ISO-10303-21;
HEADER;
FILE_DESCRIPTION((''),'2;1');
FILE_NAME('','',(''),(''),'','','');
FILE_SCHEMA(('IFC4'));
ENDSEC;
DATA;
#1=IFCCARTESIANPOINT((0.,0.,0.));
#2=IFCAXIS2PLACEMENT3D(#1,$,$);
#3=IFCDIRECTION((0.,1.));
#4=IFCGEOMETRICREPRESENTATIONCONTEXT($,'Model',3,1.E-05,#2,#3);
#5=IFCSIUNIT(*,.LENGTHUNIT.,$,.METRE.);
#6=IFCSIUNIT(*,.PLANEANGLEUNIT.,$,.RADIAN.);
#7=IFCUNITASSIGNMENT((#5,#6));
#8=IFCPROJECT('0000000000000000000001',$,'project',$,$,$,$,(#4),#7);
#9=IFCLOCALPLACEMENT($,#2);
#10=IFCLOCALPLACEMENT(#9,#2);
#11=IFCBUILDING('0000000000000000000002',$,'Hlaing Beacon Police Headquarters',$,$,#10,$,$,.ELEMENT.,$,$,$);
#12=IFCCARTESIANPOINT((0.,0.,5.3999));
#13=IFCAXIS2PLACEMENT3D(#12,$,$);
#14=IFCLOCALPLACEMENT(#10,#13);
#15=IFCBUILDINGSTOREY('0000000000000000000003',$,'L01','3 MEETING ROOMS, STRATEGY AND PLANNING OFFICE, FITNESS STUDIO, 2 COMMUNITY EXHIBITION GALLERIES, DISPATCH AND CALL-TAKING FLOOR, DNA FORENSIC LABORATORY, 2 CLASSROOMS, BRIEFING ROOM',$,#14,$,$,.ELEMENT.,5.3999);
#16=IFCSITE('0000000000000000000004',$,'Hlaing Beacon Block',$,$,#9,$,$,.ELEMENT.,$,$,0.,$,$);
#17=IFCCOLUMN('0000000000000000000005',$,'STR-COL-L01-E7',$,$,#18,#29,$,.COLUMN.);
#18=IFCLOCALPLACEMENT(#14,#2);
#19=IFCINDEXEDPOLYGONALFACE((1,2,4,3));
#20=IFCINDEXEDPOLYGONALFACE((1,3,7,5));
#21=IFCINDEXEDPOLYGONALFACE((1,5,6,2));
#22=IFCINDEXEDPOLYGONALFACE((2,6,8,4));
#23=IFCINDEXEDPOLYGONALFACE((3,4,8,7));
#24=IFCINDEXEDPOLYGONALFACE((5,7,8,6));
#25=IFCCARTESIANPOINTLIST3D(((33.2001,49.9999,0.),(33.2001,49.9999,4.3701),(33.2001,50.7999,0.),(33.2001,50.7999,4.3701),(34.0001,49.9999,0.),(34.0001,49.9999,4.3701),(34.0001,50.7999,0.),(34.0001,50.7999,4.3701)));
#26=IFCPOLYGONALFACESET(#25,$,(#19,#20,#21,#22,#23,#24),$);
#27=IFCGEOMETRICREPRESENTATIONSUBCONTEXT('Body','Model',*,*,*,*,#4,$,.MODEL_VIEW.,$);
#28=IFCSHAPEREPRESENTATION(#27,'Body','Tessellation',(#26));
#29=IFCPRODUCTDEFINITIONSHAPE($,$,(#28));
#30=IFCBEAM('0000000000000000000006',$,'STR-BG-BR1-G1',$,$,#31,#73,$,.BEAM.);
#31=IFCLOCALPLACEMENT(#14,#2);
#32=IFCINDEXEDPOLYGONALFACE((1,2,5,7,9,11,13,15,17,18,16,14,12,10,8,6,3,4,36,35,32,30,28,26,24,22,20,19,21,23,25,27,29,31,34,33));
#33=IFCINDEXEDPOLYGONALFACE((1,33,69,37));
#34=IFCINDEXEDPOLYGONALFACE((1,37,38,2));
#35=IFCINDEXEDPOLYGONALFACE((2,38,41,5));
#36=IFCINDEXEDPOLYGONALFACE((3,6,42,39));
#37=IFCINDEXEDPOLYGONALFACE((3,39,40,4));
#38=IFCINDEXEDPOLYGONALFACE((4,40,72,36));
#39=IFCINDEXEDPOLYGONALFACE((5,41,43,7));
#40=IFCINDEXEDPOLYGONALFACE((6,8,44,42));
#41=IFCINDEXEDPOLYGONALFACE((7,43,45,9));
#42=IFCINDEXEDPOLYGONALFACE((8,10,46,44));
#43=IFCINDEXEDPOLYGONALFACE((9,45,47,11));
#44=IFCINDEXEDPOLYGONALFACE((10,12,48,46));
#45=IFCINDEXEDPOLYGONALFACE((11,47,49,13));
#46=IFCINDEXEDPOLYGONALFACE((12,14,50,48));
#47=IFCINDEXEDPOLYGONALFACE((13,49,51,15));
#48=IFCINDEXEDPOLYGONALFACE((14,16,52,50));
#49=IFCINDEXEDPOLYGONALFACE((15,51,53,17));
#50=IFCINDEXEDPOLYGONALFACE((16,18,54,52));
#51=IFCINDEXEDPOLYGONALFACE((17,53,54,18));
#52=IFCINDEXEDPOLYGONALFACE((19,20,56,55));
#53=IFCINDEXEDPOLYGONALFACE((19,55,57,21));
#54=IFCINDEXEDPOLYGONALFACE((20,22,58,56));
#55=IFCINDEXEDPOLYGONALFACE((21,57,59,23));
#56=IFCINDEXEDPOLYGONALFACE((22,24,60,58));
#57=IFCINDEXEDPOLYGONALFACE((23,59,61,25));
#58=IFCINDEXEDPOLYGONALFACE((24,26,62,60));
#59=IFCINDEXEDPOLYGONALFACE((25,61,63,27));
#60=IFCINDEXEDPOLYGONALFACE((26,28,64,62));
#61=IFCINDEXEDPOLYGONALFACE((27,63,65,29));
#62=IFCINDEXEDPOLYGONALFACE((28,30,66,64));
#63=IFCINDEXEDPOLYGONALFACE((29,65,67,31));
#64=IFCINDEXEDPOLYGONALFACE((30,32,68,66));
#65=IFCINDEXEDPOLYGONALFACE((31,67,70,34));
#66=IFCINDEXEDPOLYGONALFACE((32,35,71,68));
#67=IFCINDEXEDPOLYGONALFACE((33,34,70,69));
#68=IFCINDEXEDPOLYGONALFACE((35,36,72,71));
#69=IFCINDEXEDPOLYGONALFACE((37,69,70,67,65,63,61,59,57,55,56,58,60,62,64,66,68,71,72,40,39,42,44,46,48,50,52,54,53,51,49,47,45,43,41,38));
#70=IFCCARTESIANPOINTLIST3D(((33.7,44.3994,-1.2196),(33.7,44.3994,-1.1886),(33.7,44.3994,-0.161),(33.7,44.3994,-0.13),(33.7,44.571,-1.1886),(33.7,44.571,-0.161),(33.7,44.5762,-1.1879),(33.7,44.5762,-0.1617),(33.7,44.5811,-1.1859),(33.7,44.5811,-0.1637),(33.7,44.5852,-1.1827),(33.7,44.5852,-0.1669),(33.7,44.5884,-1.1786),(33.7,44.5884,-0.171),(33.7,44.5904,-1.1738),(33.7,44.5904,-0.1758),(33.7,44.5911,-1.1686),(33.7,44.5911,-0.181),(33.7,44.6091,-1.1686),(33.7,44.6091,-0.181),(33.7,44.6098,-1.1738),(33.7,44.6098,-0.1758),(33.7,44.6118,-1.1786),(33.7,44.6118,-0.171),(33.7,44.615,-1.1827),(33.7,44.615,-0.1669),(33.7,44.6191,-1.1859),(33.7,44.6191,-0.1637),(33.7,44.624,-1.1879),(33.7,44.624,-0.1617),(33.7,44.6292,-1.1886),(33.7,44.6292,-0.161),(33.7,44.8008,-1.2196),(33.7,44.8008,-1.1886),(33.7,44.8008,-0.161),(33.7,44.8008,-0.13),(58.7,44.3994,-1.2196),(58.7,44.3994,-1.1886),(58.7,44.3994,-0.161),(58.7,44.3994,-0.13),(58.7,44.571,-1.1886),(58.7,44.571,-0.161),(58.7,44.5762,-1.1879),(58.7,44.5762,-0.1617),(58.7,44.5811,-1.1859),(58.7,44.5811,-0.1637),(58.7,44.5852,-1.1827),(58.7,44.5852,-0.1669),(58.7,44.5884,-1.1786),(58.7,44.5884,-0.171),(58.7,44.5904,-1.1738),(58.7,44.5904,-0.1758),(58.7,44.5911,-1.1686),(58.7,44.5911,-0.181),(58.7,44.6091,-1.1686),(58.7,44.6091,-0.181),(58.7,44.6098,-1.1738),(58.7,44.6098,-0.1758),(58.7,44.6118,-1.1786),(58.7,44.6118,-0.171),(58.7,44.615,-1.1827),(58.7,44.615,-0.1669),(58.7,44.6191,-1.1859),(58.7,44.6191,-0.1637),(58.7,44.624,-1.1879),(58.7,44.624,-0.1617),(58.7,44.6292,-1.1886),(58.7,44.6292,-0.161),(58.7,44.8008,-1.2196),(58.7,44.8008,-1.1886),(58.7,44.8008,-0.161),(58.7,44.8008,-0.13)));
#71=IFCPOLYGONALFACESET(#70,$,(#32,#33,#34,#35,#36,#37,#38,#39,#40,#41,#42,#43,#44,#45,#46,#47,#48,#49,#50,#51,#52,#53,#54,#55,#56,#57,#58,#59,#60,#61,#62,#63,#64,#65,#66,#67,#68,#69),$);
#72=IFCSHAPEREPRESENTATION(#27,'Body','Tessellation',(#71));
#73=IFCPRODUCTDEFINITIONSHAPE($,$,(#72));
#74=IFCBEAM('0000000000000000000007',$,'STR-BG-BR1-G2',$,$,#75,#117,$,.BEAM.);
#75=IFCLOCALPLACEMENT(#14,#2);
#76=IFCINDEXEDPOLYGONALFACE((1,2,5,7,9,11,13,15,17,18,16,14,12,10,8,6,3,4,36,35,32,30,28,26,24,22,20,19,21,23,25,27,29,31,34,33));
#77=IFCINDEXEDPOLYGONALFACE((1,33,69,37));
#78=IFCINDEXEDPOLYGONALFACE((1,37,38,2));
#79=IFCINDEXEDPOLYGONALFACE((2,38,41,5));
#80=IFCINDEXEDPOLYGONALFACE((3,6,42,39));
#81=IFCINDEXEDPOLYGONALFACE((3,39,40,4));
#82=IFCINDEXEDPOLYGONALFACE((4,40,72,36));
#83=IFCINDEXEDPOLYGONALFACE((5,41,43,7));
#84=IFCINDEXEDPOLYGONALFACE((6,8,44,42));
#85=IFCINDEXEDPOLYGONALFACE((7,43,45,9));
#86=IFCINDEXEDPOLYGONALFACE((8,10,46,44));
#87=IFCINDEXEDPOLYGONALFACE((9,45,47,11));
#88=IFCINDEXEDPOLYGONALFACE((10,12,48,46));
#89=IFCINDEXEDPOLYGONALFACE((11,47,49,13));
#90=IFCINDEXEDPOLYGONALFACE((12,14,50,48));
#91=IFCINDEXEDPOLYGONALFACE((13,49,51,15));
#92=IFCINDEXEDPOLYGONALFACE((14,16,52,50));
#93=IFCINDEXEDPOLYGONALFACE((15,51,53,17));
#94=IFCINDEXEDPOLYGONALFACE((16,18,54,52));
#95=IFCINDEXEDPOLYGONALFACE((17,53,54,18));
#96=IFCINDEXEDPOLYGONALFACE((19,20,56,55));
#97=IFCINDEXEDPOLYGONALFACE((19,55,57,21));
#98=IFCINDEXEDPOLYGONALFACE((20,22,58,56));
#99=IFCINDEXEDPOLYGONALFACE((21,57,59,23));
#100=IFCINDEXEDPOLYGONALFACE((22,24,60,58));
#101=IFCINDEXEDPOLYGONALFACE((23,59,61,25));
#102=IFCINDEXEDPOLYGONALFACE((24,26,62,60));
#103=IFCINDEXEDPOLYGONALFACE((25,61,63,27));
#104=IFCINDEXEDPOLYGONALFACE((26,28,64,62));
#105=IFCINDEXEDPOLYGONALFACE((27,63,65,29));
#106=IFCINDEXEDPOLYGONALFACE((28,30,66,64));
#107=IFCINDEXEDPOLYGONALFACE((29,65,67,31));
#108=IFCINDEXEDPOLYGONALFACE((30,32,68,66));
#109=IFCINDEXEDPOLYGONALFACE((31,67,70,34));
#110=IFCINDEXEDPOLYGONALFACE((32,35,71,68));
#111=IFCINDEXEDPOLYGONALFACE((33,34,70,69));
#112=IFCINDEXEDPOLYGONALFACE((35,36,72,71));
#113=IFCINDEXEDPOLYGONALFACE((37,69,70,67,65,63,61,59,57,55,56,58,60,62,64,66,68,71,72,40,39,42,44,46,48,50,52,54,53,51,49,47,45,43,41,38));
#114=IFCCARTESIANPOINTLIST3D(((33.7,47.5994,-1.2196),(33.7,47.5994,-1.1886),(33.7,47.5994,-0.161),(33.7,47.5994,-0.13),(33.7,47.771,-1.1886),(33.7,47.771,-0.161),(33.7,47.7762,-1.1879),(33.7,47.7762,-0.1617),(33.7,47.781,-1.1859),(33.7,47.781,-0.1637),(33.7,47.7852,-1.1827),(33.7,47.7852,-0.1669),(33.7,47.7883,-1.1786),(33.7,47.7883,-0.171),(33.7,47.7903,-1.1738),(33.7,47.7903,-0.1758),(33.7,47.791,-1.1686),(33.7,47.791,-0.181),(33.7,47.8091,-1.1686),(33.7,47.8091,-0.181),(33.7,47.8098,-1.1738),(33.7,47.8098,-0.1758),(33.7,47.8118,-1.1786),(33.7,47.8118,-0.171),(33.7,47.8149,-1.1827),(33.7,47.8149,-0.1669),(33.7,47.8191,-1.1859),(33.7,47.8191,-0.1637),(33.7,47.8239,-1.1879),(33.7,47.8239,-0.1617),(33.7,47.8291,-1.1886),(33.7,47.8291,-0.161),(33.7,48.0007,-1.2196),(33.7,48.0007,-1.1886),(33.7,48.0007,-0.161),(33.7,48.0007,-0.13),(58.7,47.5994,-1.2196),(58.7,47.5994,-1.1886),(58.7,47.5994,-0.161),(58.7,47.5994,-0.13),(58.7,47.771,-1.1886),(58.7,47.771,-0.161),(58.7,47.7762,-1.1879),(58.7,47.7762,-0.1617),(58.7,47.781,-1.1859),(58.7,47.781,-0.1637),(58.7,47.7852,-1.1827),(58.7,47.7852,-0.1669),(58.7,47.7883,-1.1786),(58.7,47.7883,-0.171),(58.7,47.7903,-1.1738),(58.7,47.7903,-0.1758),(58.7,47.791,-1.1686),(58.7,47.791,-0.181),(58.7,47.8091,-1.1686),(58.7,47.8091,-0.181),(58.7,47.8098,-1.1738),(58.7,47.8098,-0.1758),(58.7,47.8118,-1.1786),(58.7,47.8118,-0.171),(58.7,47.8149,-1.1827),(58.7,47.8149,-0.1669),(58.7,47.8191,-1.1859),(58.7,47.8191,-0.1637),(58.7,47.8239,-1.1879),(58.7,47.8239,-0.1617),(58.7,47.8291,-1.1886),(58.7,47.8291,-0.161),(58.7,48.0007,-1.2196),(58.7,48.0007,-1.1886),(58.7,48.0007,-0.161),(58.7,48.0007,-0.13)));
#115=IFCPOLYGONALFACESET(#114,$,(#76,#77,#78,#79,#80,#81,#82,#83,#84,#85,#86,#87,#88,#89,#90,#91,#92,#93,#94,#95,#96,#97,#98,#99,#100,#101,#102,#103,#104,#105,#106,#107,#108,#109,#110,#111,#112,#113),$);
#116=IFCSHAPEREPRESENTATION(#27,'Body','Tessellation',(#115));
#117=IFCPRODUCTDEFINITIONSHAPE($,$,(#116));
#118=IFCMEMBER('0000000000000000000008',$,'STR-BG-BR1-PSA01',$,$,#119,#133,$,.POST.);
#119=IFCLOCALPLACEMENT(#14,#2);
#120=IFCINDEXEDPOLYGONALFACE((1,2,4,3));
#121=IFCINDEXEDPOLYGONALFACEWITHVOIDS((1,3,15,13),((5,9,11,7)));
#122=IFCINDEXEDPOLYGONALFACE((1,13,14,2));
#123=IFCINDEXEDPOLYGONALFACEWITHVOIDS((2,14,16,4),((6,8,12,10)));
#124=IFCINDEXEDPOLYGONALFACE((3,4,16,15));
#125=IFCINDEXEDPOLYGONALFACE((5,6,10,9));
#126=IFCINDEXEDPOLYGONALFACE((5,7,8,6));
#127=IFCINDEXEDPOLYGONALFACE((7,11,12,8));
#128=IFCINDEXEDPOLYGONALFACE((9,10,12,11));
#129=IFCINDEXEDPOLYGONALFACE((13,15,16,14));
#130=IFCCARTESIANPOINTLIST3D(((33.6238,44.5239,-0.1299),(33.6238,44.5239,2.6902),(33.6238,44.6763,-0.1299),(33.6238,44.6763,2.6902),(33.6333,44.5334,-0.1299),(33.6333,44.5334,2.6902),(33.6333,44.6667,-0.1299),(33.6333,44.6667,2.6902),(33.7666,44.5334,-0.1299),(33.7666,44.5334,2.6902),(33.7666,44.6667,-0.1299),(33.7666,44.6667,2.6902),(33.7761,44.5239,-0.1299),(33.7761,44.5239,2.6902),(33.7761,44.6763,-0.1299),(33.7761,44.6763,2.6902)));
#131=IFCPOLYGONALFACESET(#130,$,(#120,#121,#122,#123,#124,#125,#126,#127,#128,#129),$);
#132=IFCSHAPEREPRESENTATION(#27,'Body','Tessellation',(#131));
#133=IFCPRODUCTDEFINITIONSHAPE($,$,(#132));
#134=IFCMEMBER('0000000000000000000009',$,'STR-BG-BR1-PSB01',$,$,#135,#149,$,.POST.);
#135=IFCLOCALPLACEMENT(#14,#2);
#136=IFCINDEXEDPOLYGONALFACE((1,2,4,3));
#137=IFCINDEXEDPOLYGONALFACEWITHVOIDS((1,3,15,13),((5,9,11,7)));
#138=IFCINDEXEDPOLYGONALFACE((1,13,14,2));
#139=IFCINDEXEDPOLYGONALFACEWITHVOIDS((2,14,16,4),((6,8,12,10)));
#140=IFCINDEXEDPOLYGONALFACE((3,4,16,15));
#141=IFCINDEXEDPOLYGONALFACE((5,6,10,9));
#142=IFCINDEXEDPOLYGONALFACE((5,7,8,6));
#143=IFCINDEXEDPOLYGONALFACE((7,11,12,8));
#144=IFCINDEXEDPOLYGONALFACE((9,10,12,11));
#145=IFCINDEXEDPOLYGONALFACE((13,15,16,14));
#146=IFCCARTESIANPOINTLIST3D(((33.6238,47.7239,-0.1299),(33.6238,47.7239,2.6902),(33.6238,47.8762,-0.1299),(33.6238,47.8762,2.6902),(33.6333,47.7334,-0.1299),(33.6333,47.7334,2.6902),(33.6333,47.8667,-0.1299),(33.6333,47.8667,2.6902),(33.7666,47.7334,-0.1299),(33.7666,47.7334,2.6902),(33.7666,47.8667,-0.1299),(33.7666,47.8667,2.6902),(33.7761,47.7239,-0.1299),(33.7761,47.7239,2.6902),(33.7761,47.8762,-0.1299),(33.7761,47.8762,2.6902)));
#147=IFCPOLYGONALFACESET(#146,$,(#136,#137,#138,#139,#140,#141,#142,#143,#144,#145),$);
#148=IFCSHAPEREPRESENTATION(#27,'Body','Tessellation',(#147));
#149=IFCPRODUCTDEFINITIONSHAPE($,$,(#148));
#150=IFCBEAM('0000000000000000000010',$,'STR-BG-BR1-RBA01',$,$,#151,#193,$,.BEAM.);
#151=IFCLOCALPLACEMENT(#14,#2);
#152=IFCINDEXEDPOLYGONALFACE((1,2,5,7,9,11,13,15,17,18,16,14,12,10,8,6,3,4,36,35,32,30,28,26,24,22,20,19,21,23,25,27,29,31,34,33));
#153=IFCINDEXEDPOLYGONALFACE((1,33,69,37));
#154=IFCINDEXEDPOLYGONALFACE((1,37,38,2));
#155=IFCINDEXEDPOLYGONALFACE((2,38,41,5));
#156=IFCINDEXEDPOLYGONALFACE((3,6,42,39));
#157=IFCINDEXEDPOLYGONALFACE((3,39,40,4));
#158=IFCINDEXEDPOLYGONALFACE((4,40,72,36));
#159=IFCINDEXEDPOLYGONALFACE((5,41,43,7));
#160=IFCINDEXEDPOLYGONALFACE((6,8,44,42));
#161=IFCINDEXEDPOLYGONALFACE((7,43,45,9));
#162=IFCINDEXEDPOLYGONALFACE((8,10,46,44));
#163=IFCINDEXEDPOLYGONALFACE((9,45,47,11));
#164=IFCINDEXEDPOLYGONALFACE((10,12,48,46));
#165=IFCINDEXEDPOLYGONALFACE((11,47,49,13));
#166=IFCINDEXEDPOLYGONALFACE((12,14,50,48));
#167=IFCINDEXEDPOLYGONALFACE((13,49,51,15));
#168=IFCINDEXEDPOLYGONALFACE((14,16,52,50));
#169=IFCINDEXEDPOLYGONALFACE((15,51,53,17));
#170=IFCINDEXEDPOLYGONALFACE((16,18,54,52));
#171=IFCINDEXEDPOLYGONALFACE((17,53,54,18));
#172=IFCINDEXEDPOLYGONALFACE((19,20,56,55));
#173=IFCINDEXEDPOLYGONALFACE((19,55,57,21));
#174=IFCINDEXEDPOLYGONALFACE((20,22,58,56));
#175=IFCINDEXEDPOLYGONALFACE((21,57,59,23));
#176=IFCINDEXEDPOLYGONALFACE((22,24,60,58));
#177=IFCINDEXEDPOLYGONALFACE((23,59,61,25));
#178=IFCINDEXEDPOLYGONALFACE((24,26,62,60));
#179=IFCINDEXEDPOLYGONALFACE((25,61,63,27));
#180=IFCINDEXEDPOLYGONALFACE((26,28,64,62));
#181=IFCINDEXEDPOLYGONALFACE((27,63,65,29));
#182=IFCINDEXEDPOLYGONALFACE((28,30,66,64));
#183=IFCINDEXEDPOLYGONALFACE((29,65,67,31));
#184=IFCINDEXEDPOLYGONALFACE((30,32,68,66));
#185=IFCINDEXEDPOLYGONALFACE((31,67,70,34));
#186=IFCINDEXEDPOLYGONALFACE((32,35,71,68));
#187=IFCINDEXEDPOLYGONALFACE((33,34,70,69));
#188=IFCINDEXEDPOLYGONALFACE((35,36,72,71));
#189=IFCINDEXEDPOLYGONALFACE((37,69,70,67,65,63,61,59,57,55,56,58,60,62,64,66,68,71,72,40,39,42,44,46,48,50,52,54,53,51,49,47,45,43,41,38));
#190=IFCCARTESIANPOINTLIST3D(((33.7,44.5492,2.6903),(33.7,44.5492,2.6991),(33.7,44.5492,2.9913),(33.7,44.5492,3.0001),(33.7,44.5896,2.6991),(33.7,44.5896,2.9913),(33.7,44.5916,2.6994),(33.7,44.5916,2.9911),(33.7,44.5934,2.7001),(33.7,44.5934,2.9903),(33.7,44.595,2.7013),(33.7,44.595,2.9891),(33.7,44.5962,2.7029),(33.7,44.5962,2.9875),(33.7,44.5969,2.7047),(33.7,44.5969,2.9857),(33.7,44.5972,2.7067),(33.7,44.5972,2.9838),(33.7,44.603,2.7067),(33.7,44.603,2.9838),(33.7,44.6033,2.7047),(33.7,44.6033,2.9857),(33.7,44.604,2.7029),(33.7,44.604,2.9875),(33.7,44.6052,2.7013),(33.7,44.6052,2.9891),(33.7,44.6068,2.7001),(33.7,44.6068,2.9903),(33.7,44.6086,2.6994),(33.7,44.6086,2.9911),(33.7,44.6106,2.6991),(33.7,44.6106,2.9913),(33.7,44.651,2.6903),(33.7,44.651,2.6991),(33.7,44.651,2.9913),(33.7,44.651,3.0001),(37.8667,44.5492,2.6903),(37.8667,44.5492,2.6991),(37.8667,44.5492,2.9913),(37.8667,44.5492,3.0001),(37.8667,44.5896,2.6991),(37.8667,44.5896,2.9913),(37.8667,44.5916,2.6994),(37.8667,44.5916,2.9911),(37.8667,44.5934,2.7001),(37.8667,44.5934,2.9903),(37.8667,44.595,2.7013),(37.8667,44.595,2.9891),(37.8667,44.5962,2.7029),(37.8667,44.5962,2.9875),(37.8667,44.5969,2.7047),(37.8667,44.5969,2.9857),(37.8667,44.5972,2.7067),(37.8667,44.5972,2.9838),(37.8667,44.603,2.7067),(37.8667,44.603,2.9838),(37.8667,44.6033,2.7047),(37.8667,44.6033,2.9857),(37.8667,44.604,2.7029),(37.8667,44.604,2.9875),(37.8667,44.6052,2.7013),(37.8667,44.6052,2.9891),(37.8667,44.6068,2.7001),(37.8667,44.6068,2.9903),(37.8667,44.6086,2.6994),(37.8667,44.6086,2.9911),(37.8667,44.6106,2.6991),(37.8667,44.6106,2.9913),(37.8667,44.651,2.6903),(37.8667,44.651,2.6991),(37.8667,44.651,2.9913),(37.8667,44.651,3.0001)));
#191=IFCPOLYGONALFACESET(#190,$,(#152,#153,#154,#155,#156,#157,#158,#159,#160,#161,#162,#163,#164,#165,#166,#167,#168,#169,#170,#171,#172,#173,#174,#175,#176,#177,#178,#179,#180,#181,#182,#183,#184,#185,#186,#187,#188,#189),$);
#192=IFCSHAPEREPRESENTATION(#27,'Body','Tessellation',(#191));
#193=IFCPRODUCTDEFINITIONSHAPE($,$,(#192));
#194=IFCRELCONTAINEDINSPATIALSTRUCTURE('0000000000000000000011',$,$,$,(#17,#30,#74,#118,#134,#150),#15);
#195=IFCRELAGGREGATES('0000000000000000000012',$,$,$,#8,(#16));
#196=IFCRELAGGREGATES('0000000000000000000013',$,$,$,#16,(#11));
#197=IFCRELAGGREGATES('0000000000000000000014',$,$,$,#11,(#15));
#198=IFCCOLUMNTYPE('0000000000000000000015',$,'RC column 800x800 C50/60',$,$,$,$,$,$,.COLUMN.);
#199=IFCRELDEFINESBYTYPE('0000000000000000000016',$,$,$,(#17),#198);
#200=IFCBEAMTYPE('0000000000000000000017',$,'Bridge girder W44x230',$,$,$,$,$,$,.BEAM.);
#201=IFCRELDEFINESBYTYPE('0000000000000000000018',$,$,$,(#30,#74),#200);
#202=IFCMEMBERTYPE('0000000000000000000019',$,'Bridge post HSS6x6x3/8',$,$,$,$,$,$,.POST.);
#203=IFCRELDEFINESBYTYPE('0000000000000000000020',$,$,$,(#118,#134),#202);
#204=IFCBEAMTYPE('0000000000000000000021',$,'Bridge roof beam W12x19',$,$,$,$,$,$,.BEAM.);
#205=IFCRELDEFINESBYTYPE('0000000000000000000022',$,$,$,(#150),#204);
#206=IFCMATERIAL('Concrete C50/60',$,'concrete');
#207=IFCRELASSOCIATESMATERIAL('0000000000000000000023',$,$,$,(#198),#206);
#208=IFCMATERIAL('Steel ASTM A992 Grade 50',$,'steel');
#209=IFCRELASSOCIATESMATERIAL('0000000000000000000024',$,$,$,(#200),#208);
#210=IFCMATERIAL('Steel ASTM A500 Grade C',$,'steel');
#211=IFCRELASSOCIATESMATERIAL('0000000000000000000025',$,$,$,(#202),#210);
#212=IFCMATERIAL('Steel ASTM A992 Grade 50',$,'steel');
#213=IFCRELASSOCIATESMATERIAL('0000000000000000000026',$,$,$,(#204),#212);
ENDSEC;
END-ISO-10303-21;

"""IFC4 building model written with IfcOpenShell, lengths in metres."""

from ifc_helpers import new_model, si_unit, direction, frame, origin, origin_2d, place, context, subcontext, project, spatial, rectangle, hollow_rectangle, i_section, extrude, material, material_profile, profile_set, type_object, element, save


model = new_model("IFC4")

# Units and contexts
model_context = context("Model", 3, precision=1e-05, world=origin(), true_north=direction((0.0, 1.0)))
body_context = subcontext(model_context, "Body", "Model", "MODEL_VIEW")
ifc_project = project(units=[si_unit("LENGTHUNIT", "METRE"), si_unit("PLANEANGLEUNIT", "RADIAN")], contexts=[model_context])

# Site, building, storey
site_placement = place(None, origin())
site = spatial("IfcSite", under=ifc_project, at=site_placement, Name="Hlaing Beacon Block", CompositionType="ELEMENT", RefElevation=0.0)
building_placement = place(site_placement, origin())
building = spatial("IfcBuilding", under=site, at=building_placement, Name="Hlaing Beacon Police Headquarters", CompositionType="ELEMENT")
storey_placement = place(building_placement, frame((0.0, 0.0, 5.3999)))
storey = spatial("IfcBuildingStorey", under=building, at=storey_placement, Name="L01", Description="3 MEETING ROOMS, STRATEGY AND PLANNING OFFICE, FITNESS STUDIO, 2 COMMUNITY EXHIBITION GALLERIES, DISPATCH AND CALL-TAKING FLOOR, DNA FORENSIC LABORATORY, 2 CLASSROOMS, BRIEFING ROOM", CompositionType="ELEMENT", Elevation=5.3999)

# Column
ifc_material_1 = material(Name="Concrete C50/60", Category="concrete")
ifc_material_profile_1 = material_profile(ifc_material_1, rectangle(XDim=0.8, YDim=0.8, at=origin_2d()), Name="800x800")
ifc_profile_set_1 = profile_set([ifc_material_profile_1], Name="Concrete C50/60")
column_type = type_object("IfcColumnType", Name="RC column 800x800 C50/60", PredefinedType="COLUMN", material=ifc_profile_set_1)
column_placement = place(storey_placement, frame((33.6001, 50.3999, 0.0), z_axis=(0.0, 0.0, 1.0), x_axis=(1.0, 0.0, 0.0)))
element("IfcColumn", 1, at=column_placement, inside=storey, type_object=column_type, Name="STR-COL-L01-E7", PredefinedType="COLUMN", context=body_context, shape_type="SweptSolid", body=[
    extrude(rectangle(XDim=0.8, YDim=0.8, at=origin_2d()), origin(), (0.0, 0.0, 1.0), 4.3701),
])

# Beams
ifc_material_2 = material(Name="Steel ASTM A992 Grade 50", Category="steel")
ifc_material_profile_2 = material_profile(ifc_material_2, i_section(OverallWidth=0.4014, OverallDepth=1.0896, WebThickness=0.0181, FlangeThickness=0.031, FilletRadius=0.02, at=origin_2d()), Name="W44x230")
ifc_profile_set_2 = profile_set([ifc_material_profile_2], Name="Steel ASTM A992 Grade 50")
beam_type_1 = type_object("IfcBeamType", Name="Bridge girder W44x230", PredefinedType="BEAM", material=ifc_profile_set_2)
for number, where, z_axis, x_axis, name in (
    (2, (33.7, 44.6001, -0.6748), (1.0, 0.0, 0.0), (0.0, 1.0, 0.0), "STR-BG-BR1-G1"),
    (3, (33.7, 47.8, -0.6748), (1.0, 0.0, 0.0), (0.0, 1.0, 0.0), "STR-BG-BR1-G2"),
):
    element("IfcBeam", number, at=place(storey_placement, frame(where, z_axis=z_axis, x_axis=x_axis)), inside=storey, type_object=beam_type_1, Name=name, PredefinedType="BEAM", context=body_context, shape_type="SweptSolid", body=[
        extrude(i_section(OverallWidth=0.4014, OverallDepth=1.0896, WebThickness=0.0181, FlangeThickness=0.031, FilletRadius=0.02, at=origin_2d()), origin(), (0.0, 0.0, 1.0), 25.0),
    ])

# Members
ifc_material_3 = material(Name="Steel ASTM A500 Grade C", Category="steel")
ifc_material_profile_3 = material_profile(ifc_material_3, hollow_rectangle(XDim=0.1523, YDim=0.1523, WallThickness=0.0095, at=origin_2d()), Name="HSS6x6x3/8")
ifc_profile_set_3 = profile_set([ifc_material_profile_3], Name="Steel ASTM A500 Grade C")
member_type_1 = type_object("IfcMemberType", Name="Bridge post HSS6x6x3/8", PredefinedType="POST", material=ifc_profile_set_3)
for number, where, z_axis, x_axis, name in (
    (4, (33.7, 44.6001, -0.1299), (0.0, 0.0, 1.0), (1.0, 0.0, 0.0), "STR-BG-BR1-PSA01"),
    (5, (33.7, 47.8, -0.1299), (0.0, 0.0, 1.0), (1.0, 0.0, 0.0), "STR-BG-BR1-PSB01"),
):
    element("IfcMember", number, at=place(storey_placement, frame(where, z_axis=z_axis, x_axis=x_axis)), inside=storey, type_object=member_type_1, Name=name, PredefinedType="POST", context=body_context, shape_type="SweptSolid", body=[
        extrude(hollow_rectangle(XDim=0.1523, YDim=0.1523, WallThickness=0.0095, at=origin_2d()), origin(), (0.0, 0.0, 1.0), 2.8201),
    ])

# Beam
ifc_material_4 = material(Name="Steel ASTM A992 Grade 50", Category="steel")
ifc_material_profile_4 = material_profile(ifc_material_4, i_section(OverallWidth=0.1018, OverallDepth=0.3098, WebThickness=0.0059, FlangeThickness=0.0088, FilletRadius=0.0076, at=origin_2d()), Name="W12x19")
ifc_profile_set_4 = profile_set([ifc_material_profile_4], Name="Steel ASTM A992 Grade 50")
beam_type_2 = type_object("IfcBeamType", Name="Bridge roof beam W12x19", PredefinedType="BEAM", material=ifc_profile_set_4)
for number, where, z_axis, x_axis, name in (
    (6, (33.7, 44.6001, 2.8452), (1.0, 0.0, 0.0), (0.0, 1.0, 0.0), "STR-BG-BR1-RBA01"),
):
    element("IfcBeam", number, at=place(storey_placement, frame(where, z_axis=z_axis, x_axis=x_axis)), inside=storey, type_object=beam_type_2, Name=name, PredefinedType="BEAM", context=body_context, shape_type="SweptSolid", body=[
        extrude(i_section(OverallWidth=0.1018, OverallDepth=0.3098, WebThickness=0.0059, FlangeThickness=0.0088, FilletRadius=0.0076, at=origin_2d()), origin(), (0.0, 0.0, 1.0), 4.1667),
    ])

save(model, "model.ifc")
